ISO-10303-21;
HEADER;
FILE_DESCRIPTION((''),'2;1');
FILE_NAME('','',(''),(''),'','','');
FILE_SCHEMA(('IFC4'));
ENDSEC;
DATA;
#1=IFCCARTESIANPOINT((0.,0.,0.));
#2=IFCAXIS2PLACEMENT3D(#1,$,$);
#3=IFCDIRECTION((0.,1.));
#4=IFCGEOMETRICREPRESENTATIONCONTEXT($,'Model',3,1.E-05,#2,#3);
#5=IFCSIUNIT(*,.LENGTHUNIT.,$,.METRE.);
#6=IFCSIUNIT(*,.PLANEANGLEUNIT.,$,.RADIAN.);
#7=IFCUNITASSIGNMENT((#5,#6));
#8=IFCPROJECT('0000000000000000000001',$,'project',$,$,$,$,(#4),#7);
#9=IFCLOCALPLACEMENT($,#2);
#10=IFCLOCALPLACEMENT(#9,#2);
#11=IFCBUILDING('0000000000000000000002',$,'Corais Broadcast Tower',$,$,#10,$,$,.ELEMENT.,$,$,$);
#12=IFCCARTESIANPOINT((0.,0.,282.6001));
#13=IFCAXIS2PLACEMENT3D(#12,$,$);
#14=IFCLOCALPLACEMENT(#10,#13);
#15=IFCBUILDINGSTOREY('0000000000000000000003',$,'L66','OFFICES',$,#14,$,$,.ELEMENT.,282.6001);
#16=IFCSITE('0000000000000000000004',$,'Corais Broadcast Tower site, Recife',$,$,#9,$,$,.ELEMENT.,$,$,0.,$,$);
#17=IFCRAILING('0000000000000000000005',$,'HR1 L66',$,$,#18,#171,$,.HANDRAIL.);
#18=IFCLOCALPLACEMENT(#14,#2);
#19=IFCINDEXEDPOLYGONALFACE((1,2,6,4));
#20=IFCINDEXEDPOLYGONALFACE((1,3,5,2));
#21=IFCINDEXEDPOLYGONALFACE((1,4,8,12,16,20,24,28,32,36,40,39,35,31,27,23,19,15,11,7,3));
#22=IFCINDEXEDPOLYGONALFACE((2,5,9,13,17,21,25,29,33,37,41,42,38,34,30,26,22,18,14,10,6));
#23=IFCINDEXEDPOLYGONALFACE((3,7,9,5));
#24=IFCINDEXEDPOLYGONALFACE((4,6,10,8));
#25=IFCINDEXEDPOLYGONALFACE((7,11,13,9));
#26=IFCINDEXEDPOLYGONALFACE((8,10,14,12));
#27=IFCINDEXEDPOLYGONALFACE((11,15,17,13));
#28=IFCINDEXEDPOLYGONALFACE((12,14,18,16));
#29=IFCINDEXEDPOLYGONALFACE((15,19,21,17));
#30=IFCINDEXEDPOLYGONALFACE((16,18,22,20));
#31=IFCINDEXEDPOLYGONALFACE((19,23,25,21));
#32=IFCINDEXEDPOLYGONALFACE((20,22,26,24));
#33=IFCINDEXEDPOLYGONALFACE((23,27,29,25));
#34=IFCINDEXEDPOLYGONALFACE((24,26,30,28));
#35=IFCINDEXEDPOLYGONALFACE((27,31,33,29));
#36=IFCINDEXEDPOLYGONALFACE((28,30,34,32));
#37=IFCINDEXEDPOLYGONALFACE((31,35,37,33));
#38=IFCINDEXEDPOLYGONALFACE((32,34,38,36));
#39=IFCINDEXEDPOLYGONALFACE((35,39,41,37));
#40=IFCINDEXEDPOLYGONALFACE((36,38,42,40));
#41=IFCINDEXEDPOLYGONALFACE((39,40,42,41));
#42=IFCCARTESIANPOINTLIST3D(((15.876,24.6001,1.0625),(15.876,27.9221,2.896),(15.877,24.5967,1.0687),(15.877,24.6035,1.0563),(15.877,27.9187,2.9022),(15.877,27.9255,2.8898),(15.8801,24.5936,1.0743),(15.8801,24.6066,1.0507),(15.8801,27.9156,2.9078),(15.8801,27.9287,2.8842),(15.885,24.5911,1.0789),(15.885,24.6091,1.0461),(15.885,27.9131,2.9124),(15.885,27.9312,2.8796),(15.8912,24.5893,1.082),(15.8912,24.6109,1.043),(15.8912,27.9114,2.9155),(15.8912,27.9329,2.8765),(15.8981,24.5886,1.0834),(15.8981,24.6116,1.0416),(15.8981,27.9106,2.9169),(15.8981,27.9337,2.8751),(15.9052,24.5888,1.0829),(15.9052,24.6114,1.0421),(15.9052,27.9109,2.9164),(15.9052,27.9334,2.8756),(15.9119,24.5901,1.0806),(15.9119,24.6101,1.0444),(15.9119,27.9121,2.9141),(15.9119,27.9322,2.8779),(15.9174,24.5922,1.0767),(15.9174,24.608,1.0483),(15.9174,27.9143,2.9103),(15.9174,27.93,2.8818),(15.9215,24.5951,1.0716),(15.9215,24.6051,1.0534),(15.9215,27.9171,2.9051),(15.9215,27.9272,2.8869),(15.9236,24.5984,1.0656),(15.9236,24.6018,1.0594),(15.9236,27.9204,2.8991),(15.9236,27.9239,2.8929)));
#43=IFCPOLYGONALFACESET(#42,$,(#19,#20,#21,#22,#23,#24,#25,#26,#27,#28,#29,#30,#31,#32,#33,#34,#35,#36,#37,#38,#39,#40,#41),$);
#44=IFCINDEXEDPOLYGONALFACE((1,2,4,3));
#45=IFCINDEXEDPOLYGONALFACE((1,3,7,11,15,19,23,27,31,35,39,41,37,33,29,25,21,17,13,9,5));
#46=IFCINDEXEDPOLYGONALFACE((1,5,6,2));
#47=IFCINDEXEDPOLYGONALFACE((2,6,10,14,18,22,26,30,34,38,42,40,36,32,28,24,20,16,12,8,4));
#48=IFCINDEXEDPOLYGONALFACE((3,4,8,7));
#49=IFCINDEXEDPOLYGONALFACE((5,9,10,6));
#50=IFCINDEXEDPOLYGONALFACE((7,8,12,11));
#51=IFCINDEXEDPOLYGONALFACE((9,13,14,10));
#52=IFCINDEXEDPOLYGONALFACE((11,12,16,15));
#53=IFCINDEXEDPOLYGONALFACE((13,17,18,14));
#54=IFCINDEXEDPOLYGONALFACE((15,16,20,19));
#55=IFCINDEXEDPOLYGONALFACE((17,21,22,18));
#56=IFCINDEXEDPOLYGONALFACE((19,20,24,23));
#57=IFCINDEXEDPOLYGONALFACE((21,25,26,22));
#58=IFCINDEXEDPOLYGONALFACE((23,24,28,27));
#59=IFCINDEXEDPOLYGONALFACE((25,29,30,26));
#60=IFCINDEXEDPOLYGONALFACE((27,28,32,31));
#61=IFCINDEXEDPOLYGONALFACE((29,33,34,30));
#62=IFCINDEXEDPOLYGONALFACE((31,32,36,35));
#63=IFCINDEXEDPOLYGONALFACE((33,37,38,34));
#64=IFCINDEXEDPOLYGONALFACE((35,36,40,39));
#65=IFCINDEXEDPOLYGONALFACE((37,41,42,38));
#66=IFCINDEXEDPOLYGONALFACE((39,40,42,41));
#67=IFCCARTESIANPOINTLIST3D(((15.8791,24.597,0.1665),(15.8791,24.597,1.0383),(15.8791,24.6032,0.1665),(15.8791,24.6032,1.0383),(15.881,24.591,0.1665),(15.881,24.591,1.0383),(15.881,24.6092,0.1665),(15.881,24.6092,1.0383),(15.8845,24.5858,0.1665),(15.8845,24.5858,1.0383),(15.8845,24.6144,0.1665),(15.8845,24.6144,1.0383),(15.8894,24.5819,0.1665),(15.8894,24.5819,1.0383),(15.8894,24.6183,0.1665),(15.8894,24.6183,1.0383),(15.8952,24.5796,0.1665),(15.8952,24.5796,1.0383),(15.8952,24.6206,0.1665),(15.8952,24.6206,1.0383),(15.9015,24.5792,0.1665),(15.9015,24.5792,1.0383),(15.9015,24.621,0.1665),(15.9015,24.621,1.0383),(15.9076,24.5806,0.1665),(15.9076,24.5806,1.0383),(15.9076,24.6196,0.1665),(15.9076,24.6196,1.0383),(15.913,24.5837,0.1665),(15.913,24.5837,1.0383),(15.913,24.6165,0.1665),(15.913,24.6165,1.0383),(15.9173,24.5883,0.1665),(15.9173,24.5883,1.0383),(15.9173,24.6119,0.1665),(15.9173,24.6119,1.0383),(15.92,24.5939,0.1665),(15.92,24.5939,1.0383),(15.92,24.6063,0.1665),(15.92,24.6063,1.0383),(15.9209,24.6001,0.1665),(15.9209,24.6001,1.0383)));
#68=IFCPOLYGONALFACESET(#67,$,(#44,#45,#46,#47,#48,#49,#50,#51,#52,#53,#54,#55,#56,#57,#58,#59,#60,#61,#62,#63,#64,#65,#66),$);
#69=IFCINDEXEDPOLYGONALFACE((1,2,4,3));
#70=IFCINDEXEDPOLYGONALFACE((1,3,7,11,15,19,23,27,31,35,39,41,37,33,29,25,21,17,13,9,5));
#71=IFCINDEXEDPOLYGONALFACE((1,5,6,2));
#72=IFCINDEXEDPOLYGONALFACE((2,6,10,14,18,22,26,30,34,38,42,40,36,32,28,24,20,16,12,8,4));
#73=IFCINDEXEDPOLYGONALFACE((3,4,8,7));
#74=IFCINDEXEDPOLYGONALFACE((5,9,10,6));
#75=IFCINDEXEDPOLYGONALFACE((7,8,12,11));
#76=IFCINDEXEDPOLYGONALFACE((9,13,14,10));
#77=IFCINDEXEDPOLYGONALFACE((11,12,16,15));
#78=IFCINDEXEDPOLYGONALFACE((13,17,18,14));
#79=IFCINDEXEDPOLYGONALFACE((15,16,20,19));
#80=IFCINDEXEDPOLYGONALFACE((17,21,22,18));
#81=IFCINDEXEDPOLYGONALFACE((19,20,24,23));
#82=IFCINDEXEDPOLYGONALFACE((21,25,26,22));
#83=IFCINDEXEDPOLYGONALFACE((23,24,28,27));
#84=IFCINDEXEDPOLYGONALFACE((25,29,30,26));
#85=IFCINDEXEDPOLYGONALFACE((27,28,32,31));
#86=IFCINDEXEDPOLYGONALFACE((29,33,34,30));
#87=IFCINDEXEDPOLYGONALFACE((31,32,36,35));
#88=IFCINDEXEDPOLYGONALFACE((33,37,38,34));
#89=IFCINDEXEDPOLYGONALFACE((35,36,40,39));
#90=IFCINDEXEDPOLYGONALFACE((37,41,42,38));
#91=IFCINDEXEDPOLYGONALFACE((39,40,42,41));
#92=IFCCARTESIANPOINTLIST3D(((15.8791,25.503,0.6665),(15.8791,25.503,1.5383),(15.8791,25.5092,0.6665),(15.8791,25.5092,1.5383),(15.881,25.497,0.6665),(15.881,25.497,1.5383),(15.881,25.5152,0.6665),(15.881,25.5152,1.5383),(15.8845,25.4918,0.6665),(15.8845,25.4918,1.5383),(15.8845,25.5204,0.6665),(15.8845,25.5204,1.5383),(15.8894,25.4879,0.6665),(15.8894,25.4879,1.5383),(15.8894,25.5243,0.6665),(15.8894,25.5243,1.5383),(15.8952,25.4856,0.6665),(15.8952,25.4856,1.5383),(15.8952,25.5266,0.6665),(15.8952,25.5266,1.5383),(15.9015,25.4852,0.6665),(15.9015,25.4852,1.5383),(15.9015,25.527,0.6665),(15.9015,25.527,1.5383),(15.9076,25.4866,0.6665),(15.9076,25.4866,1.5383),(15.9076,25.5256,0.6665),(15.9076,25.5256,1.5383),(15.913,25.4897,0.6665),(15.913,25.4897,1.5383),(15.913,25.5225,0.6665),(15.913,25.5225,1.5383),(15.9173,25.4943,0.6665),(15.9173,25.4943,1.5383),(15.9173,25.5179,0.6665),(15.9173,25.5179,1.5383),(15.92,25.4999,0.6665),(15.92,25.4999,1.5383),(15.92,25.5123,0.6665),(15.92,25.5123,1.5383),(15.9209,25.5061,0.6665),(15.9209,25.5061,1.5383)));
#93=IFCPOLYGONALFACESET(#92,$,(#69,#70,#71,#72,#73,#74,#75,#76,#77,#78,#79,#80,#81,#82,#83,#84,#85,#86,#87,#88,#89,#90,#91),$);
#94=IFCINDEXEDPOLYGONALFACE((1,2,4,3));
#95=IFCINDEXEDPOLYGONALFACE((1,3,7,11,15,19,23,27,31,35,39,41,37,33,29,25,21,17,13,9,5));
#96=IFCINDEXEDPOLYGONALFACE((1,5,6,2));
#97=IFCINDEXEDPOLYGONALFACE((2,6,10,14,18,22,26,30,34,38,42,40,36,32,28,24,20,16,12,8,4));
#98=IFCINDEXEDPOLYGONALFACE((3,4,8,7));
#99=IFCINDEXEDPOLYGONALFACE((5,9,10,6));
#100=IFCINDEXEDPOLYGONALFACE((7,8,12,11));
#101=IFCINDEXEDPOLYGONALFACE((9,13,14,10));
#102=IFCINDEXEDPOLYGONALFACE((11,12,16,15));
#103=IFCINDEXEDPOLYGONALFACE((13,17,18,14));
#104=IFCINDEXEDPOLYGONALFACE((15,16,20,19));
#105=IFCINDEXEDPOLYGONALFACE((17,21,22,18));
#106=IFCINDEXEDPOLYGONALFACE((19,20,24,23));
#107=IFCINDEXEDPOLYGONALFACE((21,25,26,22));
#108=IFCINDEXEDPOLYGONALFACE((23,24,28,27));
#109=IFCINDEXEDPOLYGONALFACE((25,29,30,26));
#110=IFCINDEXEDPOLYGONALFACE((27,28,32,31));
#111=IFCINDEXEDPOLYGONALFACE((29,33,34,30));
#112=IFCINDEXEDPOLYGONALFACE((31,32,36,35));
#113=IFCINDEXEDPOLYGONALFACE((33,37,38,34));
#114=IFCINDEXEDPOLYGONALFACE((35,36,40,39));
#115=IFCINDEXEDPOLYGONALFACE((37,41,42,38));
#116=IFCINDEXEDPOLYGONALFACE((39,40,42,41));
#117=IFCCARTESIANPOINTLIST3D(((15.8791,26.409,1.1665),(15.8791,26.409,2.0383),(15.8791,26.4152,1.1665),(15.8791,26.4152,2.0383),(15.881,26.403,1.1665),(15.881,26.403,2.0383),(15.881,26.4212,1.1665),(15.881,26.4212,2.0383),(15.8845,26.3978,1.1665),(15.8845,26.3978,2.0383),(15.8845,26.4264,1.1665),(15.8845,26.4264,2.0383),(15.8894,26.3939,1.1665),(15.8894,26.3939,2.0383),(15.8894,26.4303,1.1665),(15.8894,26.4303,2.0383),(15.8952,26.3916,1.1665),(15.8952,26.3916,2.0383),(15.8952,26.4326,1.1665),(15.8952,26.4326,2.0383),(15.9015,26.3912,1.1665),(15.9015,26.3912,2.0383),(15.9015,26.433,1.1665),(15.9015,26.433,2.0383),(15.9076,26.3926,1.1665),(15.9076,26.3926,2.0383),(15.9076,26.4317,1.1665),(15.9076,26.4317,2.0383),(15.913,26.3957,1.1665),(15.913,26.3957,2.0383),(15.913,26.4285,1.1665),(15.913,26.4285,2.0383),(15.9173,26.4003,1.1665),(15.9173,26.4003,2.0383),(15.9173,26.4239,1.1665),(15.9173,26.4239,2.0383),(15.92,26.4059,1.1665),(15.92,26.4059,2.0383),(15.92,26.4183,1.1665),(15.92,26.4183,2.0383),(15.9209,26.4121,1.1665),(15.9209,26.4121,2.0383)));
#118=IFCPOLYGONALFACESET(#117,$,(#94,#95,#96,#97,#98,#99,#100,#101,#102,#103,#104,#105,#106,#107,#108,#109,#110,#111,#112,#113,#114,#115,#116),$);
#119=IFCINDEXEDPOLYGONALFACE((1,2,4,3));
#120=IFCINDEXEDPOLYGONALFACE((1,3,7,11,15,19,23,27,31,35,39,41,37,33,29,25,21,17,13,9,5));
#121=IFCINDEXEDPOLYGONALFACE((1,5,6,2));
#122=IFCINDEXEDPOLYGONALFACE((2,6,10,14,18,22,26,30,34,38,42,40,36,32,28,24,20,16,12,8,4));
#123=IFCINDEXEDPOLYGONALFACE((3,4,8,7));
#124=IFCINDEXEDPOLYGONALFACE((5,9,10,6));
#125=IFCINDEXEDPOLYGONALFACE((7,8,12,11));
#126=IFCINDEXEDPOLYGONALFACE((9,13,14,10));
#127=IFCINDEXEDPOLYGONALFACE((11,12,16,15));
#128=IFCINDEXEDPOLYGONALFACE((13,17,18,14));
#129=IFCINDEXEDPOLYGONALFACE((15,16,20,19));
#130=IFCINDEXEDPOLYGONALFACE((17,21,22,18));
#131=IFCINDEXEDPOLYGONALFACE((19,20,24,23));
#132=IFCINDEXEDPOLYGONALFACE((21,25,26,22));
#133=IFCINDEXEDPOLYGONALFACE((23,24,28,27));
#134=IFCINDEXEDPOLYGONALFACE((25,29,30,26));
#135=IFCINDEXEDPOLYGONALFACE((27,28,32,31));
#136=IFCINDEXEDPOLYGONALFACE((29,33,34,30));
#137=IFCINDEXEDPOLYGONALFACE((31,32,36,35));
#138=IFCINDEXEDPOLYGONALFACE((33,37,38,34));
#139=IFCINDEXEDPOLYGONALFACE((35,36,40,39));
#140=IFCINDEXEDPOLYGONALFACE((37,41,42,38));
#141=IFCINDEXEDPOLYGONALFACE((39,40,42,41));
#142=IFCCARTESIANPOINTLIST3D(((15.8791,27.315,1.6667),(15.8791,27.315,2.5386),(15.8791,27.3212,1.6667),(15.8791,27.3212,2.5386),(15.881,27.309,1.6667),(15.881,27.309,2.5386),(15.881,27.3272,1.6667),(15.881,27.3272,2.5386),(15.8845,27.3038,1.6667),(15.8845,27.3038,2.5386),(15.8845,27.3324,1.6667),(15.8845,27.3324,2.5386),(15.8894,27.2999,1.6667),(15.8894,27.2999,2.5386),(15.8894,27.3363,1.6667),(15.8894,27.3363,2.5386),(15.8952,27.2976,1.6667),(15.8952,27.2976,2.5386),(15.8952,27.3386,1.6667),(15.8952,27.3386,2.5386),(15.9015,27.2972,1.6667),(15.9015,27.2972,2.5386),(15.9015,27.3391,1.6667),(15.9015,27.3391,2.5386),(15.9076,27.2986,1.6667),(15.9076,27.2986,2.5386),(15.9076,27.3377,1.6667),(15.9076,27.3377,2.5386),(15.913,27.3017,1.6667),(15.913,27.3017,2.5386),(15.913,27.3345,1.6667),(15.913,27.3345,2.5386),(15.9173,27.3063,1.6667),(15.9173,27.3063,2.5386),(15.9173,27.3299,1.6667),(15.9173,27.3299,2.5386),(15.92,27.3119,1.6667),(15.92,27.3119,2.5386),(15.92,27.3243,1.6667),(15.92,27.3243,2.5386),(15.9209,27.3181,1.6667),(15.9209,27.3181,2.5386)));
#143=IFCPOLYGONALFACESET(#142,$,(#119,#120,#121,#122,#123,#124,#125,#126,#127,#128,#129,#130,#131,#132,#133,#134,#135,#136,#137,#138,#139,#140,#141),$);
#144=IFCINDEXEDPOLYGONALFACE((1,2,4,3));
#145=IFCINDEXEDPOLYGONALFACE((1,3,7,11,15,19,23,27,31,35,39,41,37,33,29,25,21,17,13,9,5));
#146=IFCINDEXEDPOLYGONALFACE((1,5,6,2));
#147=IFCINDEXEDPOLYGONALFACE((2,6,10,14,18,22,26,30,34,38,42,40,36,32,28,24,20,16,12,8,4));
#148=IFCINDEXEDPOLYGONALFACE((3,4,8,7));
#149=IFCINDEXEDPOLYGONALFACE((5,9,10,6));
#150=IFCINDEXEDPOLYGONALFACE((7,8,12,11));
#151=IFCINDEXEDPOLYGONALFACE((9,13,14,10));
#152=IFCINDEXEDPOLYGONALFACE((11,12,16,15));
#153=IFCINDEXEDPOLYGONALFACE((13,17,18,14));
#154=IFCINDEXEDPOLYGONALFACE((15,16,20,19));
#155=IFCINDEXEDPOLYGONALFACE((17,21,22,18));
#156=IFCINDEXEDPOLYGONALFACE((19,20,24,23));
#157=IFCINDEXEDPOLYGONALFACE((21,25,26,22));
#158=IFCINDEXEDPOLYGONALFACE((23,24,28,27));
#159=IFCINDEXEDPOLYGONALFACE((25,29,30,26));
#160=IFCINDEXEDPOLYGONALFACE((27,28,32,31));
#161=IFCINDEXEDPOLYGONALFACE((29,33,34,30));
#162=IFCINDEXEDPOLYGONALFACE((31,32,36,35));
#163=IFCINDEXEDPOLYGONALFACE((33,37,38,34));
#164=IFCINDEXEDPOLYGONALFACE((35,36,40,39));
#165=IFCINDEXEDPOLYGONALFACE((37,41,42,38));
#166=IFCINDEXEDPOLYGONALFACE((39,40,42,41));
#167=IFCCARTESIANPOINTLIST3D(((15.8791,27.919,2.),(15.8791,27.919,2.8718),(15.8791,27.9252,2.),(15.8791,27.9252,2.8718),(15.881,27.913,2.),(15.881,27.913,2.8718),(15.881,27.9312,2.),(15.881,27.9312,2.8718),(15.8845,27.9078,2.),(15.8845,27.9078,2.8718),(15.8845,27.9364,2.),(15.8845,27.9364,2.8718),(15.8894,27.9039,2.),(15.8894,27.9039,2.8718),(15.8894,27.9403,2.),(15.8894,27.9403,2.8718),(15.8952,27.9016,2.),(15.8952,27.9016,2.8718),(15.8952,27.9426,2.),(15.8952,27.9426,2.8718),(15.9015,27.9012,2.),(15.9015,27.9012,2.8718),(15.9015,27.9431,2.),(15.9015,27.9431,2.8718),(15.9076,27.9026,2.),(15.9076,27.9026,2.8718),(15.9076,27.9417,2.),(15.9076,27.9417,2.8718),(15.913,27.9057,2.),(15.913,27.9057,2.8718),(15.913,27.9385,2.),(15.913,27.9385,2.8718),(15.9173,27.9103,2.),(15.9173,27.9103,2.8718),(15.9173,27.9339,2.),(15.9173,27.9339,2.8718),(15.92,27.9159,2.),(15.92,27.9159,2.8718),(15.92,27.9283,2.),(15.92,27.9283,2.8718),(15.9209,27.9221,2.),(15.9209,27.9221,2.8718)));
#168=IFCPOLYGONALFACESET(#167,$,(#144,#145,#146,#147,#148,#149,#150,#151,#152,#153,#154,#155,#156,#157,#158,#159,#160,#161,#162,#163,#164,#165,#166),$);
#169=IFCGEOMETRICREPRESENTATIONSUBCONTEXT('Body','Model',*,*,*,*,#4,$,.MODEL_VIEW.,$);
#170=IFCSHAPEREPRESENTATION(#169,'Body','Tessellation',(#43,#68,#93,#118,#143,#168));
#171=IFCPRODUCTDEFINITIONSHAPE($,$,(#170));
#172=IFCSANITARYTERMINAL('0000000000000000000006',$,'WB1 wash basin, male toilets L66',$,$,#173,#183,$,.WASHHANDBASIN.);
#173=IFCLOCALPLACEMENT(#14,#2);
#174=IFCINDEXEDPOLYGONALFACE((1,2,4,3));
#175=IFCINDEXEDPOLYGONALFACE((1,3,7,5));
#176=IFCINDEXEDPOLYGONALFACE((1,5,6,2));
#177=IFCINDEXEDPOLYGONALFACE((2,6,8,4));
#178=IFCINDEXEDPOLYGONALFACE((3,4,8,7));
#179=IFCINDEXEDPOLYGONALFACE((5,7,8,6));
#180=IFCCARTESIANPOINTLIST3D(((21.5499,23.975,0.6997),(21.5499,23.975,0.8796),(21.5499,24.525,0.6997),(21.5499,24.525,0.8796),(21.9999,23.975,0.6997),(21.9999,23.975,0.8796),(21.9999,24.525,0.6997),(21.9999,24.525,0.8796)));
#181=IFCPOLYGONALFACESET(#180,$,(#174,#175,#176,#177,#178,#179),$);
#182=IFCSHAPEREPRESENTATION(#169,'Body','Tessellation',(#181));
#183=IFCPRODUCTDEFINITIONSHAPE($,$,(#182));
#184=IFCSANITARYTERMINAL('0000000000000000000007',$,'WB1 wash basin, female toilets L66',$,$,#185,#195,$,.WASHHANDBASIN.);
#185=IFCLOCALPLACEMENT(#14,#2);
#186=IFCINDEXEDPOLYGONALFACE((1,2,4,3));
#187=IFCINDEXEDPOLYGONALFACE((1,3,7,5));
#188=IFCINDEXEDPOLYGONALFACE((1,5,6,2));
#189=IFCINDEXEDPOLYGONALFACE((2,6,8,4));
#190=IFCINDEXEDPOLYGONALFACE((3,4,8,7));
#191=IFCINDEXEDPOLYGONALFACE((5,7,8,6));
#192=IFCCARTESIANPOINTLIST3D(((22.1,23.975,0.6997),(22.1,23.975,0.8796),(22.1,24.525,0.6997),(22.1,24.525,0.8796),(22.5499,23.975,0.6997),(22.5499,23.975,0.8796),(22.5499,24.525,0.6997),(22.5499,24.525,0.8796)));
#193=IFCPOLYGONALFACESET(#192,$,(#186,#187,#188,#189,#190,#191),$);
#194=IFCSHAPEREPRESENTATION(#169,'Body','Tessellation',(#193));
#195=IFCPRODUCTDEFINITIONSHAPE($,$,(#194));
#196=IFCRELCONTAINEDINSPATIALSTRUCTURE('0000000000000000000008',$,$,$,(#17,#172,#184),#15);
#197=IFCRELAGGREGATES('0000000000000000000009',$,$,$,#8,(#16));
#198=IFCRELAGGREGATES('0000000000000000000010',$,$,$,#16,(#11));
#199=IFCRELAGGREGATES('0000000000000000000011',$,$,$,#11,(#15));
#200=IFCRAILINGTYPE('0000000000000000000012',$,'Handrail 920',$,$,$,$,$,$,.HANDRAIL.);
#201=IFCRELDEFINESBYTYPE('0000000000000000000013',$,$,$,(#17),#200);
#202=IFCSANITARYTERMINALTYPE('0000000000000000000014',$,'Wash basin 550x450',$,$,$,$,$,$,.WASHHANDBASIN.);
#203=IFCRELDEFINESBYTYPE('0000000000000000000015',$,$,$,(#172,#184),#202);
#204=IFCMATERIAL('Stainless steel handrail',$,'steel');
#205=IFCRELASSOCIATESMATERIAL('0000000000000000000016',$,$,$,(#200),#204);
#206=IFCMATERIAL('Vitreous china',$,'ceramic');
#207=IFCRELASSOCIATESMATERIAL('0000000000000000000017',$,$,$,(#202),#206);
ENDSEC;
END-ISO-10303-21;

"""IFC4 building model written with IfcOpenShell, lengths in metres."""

from ifc_helpers import new_model, si_unit, direction, frame, origin, origin_2d, place, context, subcontext, project, spatial, rectangle, circle, extrude, material, type_object, element, save


model = new_model("IFC4")

# Units and contexts
model_context = context("Model", 3, precision=1e-05, world=origin(), true_north=direction((0.0, 1.0)))
body_context = subcontext(model_context, "Body", "Model", "MODEL_VIEW")
ifc_project = project(units=[si_unit("LENGTHUNIT", "METRE"), si_unit("PLANEANGLEUNIT", "RADIAN")], contexts=[model_context])

# Site, building, storey
site_placement = place(None, origin())
site = spatial("IfcSite", under=ifc_project, at=site_placement, Name="Corais Broadcast Tower site, Recife", CompositionType="ELEMENT", RefElevation=0.0)
building_placement = place(site_placement, origin())
building = spatial("IfcBuilding", under=site, at=building_placement, Name="Corais Broadcast Tower", CompositionType="ELEMENT")
storey_placement = place(building_placement, frame((0.0, 0.0, 282.6001)))
storey = spatial("IfcBuildingStorey", under=building, at=storey_placement, Name="L66", Description="OFFICES", CompositionType="ELEMENT", Elevation=282.6001)

# Railing
ifc_material_1 = material(Name="Stainless steel handrail", Category="steel")
railing_type = type_object("IfcRailingType", Name="Handrail 920", PredefinedType="HANDRAIL", material=ifc_material_1)
railing_placement = place(storey_placement, frame((15.8999, 24.6001, 0.1665)))
element("IfcRailing", 1, at=railing_placement, inside=storey, type_object=railing_type, Name="HR1 L66", PredefinedType="HANDRAIL", context=body_context, shape_type="SweptSolid", body=[
    extrude(circle(Radius=0.0239, at=origin_2d()), frame((0.0, 0.0, 0.896), z_axis=(0.0, 0.875504, 0.48321), x_axis=(-1.0, 0.0, 0.0)), (0.0, 0.0, 1.0), 3.7944),
    extrude(circle(Radius=0.021, at=origin_2d()), origin(), (0.0, 0.0, 1.0), 0.8718),
    extrude(circle(Radius=0.021, at=origin_2d()), frame((0.0, 0.906, 0.5)), (0.0, 0.0, 1.0), 0.8718),
    extrude(circle(Radius=0.021, at=origin_2d()), frame((0.0, 1.812, 1.0)), (0.0, 0.0, 1.0), 0.8718),
    extrude(circle(Radius=0.021, at=origin_2d()), frame((0.0, 2.718, 1.5002)), (0.0, 0.0, 1.0), 0.8718),
    extrude(circle(Radius=0.021, at=origin_2d()), frame((0.0, 3.322, 1.8335)), (0.0, 0.0, 1.0), 0.8718),
])

# Sanitary terminals
ifc_material_2 = material(Name="Vitreous china", Category="ceramic")
sanitary_terminal_type = type_object("IfcSanitaryTerminalType", Name="Wash basin 550x450", PredefinedType="WASHHANDBASIN", material=ifc_material_2)
for number, where, z_axis, x_axis, name in (
    (2, (21.7749, 24.25, 0.6997), (0.0, 0.0, 1.0), (1.0, 0.0, 0.0), "WB1 wash basin, male toilets L66"),
    (3, (22.325, 24.25, 0.6997), (0.0, 0.0, 1.0), (1.0, 0.0, 0.0), "WB1 wash basin, female toilets L66"),
):
    element("IfcSanitaryTerminal", number, at=place(storey_placement, frame(where, z_axis=z_axis, x_axis=x_axis)), inside=storey, type_object=sanitary_terminal_type, Name=name, PredefinedType="WASHHANDBASIN", context=body_context, shape_type="SweptSolid", body=[
        extrude(rectangle(XDim=0.45, YDim=0.55, at=origin_2d()), origin(), (0.0, 0.0, 1.0), 0.1799),
    ])

save(model, "model.ifc")
